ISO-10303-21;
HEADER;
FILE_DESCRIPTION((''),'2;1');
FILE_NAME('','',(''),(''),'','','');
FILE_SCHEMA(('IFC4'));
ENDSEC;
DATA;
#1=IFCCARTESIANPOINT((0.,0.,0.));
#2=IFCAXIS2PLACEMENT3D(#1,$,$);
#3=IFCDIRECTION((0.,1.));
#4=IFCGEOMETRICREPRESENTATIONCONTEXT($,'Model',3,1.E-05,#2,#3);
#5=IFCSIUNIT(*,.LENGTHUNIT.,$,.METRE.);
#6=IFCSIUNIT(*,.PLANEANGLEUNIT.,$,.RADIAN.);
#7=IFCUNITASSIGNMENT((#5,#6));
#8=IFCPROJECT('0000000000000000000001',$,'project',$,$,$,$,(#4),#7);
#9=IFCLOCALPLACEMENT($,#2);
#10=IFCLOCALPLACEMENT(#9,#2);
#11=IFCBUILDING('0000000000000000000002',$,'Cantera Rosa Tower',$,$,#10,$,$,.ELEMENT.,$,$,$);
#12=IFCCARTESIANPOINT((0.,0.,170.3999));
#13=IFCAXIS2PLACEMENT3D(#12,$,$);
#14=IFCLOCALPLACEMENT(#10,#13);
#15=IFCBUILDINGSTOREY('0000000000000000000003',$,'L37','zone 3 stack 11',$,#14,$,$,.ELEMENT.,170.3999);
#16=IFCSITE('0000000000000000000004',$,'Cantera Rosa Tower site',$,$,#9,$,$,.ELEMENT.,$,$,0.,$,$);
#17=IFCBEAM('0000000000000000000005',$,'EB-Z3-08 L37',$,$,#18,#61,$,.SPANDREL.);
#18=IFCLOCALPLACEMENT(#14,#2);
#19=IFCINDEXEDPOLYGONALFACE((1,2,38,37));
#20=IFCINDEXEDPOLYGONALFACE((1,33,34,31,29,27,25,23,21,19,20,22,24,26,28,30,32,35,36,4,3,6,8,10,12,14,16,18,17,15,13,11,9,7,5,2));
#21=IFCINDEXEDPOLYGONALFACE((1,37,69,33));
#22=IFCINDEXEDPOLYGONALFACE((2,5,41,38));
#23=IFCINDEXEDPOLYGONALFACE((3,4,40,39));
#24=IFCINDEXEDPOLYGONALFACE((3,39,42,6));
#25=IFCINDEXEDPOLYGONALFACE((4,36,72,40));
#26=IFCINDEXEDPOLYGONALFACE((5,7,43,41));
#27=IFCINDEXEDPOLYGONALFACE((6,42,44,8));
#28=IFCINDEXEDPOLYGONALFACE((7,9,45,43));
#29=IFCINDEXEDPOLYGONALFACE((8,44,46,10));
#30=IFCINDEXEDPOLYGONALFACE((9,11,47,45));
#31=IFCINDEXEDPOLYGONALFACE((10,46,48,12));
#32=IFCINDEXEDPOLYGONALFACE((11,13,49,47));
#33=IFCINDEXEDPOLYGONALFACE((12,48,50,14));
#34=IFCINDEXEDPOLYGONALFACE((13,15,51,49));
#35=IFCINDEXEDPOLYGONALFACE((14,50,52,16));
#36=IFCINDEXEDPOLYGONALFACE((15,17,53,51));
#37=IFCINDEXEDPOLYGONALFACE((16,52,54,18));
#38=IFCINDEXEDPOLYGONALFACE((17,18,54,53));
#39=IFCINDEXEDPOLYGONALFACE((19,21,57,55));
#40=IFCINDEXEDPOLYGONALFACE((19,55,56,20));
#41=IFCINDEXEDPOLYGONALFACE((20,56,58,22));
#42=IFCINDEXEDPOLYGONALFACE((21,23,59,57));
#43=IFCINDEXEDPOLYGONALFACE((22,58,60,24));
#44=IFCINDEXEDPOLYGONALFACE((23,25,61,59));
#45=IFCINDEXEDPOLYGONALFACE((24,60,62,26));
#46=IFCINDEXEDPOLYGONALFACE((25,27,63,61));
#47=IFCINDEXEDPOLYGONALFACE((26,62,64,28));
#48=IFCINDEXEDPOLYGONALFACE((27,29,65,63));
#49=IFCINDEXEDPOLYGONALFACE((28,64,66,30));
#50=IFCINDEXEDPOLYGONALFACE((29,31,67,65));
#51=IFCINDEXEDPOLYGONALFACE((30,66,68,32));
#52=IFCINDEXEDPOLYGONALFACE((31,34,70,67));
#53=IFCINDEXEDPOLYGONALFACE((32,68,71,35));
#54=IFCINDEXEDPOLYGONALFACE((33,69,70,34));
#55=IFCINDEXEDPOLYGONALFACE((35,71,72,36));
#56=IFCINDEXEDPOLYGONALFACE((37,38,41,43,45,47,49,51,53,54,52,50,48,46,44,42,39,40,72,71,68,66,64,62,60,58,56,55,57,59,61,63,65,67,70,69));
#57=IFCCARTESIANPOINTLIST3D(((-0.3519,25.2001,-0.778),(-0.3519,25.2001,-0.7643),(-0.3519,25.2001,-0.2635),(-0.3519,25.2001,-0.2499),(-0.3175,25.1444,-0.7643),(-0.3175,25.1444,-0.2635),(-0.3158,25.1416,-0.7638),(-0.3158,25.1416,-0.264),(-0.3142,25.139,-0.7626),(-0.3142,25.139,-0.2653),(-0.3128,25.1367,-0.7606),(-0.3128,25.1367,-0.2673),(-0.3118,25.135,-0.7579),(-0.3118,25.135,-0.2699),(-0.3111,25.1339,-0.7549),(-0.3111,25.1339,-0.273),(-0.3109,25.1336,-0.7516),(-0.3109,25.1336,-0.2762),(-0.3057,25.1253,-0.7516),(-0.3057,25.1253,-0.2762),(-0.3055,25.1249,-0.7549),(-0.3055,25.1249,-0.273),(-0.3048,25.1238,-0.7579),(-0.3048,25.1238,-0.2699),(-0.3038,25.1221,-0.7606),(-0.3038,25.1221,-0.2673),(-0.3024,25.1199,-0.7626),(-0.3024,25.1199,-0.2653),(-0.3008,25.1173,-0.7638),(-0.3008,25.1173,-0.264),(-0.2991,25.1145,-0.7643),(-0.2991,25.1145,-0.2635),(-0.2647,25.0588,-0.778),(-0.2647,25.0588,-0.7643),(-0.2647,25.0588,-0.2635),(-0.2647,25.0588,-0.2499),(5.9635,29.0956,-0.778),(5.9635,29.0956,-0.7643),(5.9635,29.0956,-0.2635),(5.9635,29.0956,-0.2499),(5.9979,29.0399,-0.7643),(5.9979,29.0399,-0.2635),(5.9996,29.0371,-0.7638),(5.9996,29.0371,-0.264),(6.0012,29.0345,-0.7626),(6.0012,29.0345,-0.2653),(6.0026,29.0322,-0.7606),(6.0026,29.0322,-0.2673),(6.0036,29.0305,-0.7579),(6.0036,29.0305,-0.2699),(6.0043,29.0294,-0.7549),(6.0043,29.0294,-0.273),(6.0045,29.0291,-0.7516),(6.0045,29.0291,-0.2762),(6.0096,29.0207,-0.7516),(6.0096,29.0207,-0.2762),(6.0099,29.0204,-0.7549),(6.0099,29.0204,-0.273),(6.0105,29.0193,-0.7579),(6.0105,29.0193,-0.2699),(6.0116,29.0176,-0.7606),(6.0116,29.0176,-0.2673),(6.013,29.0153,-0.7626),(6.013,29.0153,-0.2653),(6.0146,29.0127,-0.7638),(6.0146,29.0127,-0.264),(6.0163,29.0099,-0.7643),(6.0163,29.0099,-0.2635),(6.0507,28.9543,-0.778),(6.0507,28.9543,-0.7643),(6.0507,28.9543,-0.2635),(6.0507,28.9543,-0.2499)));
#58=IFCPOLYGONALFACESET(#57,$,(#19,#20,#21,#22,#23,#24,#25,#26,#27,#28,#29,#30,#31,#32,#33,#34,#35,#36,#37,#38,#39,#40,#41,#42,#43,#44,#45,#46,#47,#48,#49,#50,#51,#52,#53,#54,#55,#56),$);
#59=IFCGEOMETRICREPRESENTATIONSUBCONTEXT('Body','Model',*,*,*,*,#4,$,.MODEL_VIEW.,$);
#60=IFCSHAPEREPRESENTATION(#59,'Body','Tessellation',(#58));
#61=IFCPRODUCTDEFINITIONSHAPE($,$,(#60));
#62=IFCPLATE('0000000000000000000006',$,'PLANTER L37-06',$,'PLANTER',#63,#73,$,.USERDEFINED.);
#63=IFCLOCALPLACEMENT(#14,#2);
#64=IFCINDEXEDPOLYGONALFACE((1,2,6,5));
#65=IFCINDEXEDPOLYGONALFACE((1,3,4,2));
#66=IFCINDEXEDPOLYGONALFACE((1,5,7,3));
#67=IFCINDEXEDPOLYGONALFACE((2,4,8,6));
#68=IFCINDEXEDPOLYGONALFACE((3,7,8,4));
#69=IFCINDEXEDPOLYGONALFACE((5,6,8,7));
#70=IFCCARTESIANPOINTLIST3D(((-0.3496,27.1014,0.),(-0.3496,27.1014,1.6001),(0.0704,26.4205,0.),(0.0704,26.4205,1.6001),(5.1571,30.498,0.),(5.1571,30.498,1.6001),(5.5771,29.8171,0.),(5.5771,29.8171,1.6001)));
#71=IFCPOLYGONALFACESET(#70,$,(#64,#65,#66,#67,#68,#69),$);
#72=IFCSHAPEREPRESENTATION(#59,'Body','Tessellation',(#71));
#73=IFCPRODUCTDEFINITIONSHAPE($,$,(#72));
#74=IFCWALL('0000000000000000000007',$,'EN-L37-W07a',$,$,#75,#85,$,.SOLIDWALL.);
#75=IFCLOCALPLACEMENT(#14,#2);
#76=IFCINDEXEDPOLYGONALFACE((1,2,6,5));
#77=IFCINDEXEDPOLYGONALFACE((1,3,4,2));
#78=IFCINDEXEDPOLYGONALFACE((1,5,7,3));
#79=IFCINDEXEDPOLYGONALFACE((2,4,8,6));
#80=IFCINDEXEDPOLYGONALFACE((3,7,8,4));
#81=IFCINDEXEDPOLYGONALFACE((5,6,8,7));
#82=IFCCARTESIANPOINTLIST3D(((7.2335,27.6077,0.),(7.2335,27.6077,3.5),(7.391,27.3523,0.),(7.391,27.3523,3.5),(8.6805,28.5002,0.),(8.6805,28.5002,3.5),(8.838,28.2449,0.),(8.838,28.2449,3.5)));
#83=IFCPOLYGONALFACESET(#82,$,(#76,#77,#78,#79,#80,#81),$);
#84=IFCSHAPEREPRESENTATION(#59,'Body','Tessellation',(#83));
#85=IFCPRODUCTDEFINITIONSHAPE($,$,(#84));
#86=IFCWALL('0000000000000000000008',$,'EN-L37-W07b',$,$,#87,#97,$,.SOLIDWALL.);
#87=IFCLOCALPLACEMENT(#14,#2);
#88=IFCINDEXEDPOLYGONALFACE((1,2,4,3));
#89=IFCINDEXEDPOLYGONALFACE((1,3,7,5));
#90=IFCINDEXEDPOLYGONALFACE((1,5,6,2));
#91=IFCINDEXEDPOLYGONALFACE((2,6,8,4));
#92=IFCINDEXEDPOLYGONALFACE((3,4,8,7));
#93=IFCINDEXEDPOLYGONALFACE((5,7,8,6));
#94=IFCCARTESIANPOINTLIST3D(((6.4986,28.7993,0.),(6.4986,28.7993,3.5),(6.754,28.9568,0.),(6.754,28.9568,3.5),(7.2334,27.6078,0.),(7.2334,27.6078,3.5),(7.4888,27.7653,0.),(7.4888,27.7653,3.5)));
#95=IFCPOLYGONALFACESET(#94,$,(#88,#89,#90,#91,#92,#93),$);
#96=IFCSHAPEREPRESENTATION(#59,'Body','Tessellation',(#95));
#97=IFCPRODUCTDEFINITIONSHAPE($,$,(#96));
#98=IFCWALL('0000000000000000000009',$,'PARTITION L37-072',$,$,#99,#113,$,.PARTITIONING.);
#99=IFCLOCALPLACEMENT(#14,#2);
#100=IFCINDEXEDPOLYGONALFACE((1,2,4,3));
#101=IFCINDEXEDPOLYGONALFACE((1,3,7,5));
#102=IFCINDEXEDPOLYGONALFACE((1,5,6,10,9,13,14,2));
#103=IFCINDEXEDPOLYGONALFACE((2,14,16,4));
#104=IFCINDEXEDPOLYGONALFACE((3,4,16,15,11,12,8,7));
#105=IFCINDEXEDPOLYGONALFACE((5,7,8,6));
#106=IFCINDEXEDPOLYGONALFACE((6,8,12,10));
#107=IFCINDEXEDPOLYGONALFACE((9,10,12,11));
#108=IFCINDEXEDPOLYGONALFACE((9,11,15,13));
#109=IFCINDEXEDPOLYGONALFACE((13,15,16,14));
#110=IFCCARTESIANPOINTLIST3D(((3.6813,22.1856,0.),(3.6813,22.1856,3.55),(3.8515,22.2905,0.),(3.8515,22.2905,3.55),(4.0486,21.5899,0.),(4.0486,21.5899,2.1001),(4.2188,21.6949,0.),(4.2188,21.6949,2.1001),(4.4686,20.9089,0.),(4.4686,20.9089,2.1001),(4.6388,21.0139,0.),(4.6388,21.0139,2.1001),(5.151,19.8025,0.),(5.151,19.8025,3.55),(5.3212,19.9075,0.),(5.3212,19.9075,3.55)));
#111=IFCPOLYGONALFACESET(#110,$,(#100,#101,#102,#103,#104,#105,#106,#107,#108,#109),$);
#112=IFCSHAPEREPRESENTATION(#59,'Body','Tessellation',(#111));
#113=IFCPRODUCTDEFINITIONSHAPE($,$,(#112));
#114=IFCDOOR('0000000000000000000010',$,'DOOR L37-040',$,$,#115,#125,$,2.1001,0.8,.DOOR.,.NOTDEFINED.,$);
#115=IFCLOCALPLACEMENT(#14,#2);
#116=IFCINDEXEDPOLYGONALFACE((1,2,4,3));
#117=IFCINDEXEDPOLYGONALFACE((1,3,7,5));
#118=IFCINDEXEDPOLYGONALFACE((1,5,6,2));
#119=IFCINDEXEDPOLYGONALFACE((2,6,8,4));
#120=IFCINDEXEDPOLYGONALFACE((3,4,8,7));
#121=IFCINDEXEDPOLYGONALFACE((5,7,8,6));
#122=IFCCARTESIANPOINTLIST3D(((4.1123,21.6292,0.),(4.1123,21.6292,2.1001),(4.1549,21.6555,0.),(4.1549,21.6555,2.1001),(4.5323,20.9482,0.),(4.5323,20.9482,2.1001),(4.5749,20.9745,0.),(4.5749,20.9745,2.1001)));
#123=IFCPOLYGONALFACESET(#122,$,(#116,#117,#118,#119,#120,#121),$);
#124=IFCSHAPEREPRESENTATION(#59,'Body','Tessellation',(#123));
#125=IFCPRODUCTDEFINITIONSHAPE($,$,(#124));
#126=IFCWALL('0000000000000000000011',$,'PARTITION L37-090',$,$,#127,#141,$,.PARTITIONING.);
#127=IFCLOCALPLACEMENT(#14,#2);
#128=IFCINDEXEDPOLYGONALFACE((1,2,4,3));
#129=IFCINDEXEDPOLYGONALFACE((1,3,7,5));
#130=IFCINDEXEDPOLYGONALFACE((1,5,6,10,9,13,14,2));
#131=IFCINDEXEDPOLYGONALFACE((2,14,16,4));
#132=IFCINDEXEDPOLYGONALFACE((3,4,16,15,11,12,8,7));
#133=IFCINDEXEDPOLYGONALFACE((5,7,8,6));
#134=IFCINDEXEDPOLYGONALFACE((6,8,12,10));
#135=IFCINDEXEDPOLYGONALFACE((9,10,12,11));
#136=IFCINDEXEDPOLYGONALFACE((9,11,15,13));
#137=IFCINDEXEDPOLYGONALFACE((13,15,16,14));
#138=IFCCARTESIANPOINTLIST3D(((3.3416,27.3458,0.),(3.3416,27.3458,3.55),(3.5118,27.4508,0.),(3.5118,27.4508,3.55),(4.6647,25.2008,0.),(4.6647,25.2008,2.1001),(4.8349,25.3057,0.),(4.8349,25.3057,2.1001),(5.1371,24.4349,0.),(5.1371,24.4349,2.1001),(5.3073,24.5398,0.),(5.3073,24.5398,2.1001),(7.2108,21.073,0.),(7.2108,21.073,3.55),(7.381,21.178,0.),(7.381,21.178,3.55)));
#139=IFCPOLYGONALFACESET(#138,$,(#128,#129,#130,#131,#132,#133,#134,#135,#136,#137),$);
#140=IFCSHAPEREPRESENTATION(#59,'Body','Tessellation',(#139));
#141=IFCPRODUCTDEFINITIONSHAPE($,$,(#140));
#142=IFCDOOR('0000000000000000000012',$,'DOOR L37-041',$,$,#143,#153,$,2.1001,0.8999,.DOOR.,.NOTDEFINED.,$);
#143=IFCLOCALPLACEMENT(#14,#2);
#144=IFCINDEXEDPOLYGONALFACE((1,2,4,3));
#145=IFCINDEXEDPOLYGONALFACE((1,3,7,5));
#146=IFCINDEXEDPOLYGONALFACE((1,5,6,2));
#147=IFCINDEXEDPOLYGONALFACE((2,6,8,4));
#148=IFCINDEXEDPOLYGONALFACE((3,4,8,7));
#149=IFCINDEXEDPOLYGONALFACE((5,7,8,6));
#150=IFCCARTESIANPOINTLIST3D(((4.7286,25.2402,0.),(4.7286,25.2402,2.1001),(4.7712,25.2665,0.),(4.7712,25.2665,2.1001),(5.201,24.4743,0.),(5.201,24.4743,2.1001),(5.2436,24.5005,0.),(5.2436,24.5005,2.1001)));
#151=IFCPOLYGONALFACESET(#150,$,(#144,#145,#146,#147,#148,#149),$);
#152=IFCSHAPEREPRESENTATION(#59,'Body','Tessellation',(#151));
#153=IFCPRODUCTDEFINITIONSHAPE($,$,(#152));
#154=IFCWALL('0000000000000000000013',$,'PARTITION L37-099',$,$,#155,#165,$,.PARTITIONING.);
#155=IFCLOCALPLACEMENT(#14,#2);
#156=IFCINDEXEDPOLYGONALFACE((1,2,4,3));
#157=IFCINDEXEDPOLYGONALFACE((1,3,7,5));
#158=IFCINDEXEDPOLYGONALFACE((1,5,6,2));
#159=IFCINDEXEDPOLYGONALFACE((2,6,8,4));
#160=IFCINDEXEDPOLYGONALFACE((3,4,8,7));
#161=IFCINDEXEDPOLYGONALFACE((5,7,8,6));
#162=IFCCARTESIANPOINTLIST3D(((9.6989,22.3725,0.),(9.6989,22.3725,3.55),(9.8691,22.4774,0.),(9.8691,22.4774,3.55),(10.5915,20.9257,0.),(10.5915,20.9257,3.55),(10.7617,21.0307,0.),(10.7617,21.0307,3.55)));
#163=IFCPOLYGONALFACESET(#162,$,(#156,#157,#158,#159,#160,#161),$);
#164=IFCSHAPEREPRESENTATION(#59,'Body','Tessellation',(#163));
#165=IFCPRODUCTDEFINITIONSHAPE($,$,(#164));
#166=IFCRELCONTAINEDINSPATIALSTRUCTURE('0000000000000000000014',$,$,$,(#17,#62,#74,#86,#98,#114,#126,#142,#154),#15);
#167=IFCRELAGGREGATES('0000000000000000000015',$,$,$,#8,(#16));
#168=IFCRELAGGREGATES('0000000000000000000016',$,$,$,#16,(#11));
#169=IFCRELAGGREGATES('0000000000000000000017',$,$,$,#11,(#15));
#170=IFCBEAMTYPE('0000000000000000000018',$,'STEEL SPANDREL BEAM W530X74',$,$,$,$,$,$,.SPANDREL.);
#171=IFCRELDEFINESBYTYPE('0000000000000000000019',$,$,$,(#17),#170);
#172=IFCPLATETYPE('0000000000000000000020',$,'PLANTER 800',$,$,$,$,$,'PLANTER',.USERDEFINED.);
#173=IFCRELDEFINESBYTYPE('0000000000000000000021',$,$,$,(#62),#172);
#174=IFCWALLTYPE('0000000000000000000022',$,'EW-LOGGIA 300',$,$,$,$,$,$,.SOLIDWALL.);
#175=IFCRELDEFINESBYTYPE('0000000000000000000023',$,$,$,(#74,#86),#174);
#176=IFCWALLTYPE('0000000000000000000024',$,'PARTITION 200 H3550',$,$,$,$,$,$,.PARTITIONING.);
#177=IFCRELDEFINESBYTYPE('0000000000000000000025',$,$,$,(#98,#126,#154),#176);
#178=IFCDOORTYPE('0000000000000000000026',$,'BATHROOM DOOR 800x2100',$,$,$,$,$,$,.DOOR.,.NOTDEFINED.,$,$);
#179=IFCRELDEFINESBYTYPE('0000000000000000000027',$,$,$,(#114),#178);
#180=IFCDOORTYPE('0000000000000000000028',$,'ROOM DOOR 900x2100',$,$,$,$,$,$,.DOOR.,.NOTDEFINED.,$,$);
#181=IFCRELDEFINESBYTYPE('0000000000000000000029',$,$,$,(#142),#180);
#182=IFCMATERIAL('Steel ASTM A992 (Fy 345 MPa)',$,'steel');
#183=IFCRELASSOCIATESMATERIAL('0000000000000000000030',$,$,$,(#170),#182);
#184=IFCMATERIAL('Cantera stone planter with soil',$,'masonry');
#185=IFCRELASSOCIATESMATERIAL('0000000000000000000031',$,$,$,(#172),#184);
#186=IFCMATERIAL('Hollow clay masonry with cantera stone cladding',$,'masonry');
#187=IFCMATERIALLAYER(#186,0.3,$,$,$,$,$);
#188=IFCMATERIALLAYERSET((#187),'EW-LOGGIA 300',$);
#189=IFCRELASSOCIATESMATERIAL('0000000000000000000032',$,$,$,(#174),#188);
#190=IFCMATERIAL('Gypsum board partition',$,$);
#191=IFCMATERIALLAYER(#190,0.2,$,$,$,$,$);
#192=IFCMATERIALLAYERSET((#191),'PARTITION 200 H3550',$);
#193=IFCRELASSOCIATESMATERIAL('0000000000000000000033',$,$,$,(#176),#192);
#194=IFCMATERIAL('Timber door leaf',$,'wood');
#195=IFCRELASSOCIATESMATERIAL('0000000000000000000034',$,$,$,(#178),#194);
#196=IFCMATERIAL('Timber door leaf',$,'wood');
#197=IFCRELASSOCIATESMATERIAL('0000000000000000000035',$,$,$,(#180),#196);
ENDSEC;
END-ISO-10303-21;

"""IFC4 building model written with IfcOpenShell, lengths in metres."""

from ifc_helpers import new_model, si_unit, direction, frame, frame_2d, origin, origin_2d, place, context, subcontext, project, spatial, rectangle, i_section, extrude, material, layer, layer_set, material_profile, profile_set, type_object, element, fill, save


model = new_model("IFC4")

# Units and contexts
model_context = context("Model", 3, precision=1e-05, world=origin(), true_north=direction((0.0, 1.0)))
body_context = subcontext(model_context, "Body", "Model", "MODEL_VIEW")
ifc_project = project(units=[si_unit("LENGTHUNIT", "METRE"), si_unit("PLANEANGLEUNIT", "RADIAN")], contexts=[model_context])

# Site, building, storey
site_placement = place(None, origin())
site = spatial("IfcSite", under=ifc_project, at=site_placement, Name="Cantera Rosa Tower site", CompositionType="ELEMENT", RefElevation=0.0)
building_placement = place(site_placement, origin())
building = spatial("IfcBuilding", under=site, at=building_placement, Name="Cantera Rosa Tower", CompositionType="ELEMENT")
storey_placement = place(building_placement, frame((0.0, 0.0, 170.3999)))
storey = spatial("IfcBuildingStorey", under=building, at=storey_placement, Name="L37", Description="zone 3 stack 11", CompositionType="ELEMENT", Elevation=170.3999)

# Beam
ifc_material_1 = material(Name="Steel ASTM A992 (Fy 345 MPa)", Category="steel")
ifc_material_profile_1 = material_profile(ifc_material_1, i_section(OverallWidth=0.166, OverallDepth=0.5281, WebThickness=0.0098, FlangeThickness=0.0137, FilletRadius=0.0127, at=origin_2d()), Name="W530X74")
ifc_profile_set_1 = profile_set([ifc_material_profile_1], Name="Steel ASTM A992 (Fy 345 MPa)")
beam_type_1 = type_object("IfcBeamType", Name="STEEL SPANDREL BEAM W530X74", PredefinedType="SPANDREL", material=ifc_profile_set_1)
beam_1_placement = place(storey_placement, frame((6.0071, 29.0249, -0.5139), z_axis=(-0.851111, -0.524986, 0.0), x_axis=(0.524986, -0.851111, 0.0)))
element("IfcBeam", 1, at=beam_1_placement, inside=storey, type_object=beam_type_1, Name="EB-Z3-08 L37", PredefinedType="SPANDREL", context=body_context, shape_type="SweptSolid", body=[
    extrude(i_section(OverallWidth=0.166, OverallDepth=0.5281, WebThickness=0.0098, FlangeThickness=0.0137, FilletRadius=0.0127, at=origin_2d()), origin(), (0.0, 0.0, 1.0), 7.4202),
])

# Plate
ifc_material_2 = material(Name="Cantera stone planter with soil", Category="masonry")
plate_type = type_object("IfcPlateType", Name="PLANTER 800", ElementType="PLANTER", PredefinedType="USERDEFINED", material=ifc_material_2)
plate_placement = place(storey_placement, frame((2.6138, 28.4592, 0.0), z_axis=(0.0, 0.0, 1.0), x_axis=(-0.851117, -0.524977, 0.0)))
element("IfcPlate", 2, at=plate_placement, inside=storey, type_object=plate_type, Name="PLANTER L37-06", ObjectType="PLANTER", PredefinedType="USERDEFINED", context=body_context, shape_type="SweptSolid", body=[
    extrude(rectangle(XDim=6.47, YDim=0.8, at=origin_2d()), origin(), (0.0, 0.0, 1.0), 1.6001),
])

# Walls
ifc_material_3 = material(Name="Hollow clay masonry with cantera stone cladding", Category="masonry")
ifc_layer_1 = layer(ifc_material_3, 0.3)
ifc_layer_set_1 = layer_set([ifc_layer_1], Name="EW-LOGGIA 300")
wall_type_1 = type_object("IfcWallType", Name="EW-LOGGIA 300", PredefinedType="SOLIDWALL", material=ifc_layer_set_1)
wall_1_placement = place(storey_placement, frame((8.7593, 28.3726, 0.0), z_axis=(0.0, 0.0, 1.0), x_axis=(-0.851106, -0.524994, 0.0)))
element("IfcWall", 3, at=wall_1_placement, inside=storey, type_object=wall_type_1, Name="EN-L37-W07a", PredefinedType="SOLIDWALL", context=body_context, shape_type="SweptSolid", body=[
    extrude(rectangle(XDim=1.7002, YDim=0.3, at=frame_2d((0.8501, 0.0))), origin(), (0.0, 0.0, 1.0), 3.5),
])
wall_2_placement = place(storey_placement, frame((7.3611, 27.6865, 0.0), z_axis=(0.0, 0.0, 1.0), x_axis=(-0.524895, 0.851167, 0.0)))
element("IfcWall", 4, at=wall_2_placement, inside=storey, type_object=wall_type_1, Name="EN-L37-W07b", PredefinedType="SOLIDWALL", context=body_context, shape_type="SweptSolid", body=[
    extrude(rectangle(XDim=1.3999, YDim=0.3, at=frame_2d((0.7, 0.0))), origin(), (0.0, 0.0, 1.0), 3.5),
])

# Walls, openings, doors
ifc_material_4 = material(Name="Gypsum board partition")
ifc_layer_2 = layer(ifc_material_4, 0.2)
ifc_layer_set_2 = layer_set([ifc_layer_2], Name="PARTITION 200 H3550")
wall_type_2 = type_object("IfcWallType", Name="PARTITION 200 H3550", PredefinedType="PARTITIONING", material=ifc_layer_set_2)
wall_3_placement = place(storey_placement, frame((3.7664, 22.238, 0.0), z_axis=(0.0, 0.0, 1.0), x_axis=(0.524934, -0.851143, 0.0)))
wall_3 = element("IfcWall", 5, at=wall_3_placement, inside=storey, type_object=wall_type_2, Name="PARTITION L37-072", PredefinedType="PARTITIONING", context=body_context, shape_type="SweptSolid", body=[
    extrude(rectangle(XDim=2.7998, YDim=0.2, at=frame_2d((1.3999, 0.0))), origin(), (0.0, 0.0, 1.0), 3.55),
])
opening_1_placement = place(wall_3_placement, frame((0.7, 0.0, 0.0)))
opening_1 = element("IfcOpeningElement", 6, at=opening_1_placement, cuts=wall_3, PredefinedType="OPENING", context=body_context, shape_type="SweptSolid", body=[
    extrude(rectangle(XDim=0.8, YDim=2.1001, at=frame_2d((0.3999, 1.05))), frame((0.0, 0.1099, 0.0), z_axis=(0.0, -1.0, 0.0), x_axis=(1.0, 0.0, 0.0)), (0.0, 0.0, 1.0), 0.22),
])
ifc_material_5 = material(Name="Timber door leaf", Category="wood")
door_type_1 = type_object("IfcDoorType", Name="BATHROOM DOOR 800x2100", OperationType="NOTDEFINED", PredefinedType="DOOR", material=ifc_material_5)
door_1_placement = place(opening_1_placement, origin())
door_1 = element("IfcDoor", 7, at=door_1_placement, inside=storey, type_object=door_type_1, Name="DOOR L37-040", OperationType="NOTDEFINED", OverallHeight=2.1001, OverallWidth=0.8, PredefinedType="DOOR", context=body_context, shape_type="SweptSolid", body=[
    extrude(rectangle(XDim=0.8, YDim=2.1001, at=frame_2d((0.3999, 1.05))), frame((0.0, 0.0249, 0.0), z_axis=(0.0, -1.0, 0.0), x_axis=(1.0, 0.0, 0.0)), (0.0, 0.0, 1.0), 0.05),
])
fill(opening_1, door_1)
wall_4_placement = place(storey_placement, frame((7.2959, 21.1255, 0.0), z_axis=(0.0, 0.0, 1.0), x_axis=(-0.524984, 0.851112, 0.0)))
wall_4 = element("IfcWall", 8, at=wall_4_placement, inside=storey, type_object=wall_type_2, Name="PARTITION L37-090", PredefinedType="PARTITIONING", context=body_context, shape_type="SweptSolid", body=[
    extrude(rectangle(XDim=7.3701, YDim=0.2, at=frame_2d((3.6851, 0.0))), origin(), (0.0, 0.0, 1.0), 3.55),
])
opening_2_placement = place(wall_4_placement, frame((3.95, 0.0, 0.0)))
opening_2 = element("IfcOpeningElement", 9, at=opening_2_placement, cuts=wall_4, PredefinedType="OPENING", context=body_context, shape_type="SweptSolid", body=[
    extrude(rectangle(XDim=0.8999, YDim=2.1001, at=frame_2d((0.45, 1.05))), frame((0.0, 0.1099, 0.0), z_axis=(0.0, -1.0, 0.0), x_axis=(1.0, 0.0, 0.0)), (0.0, 0.0, 1.0), 0.22),
])
ifc_material_6 = material(Name="Timber door leaf", Category="wood")
door_type_2 = type_object("IfcDoorType", Name="ROOM DOOR 900x2100", OperationType="NOTDEFINED", PredefinedType="DOOR", material=ifc_material_6)
door_2_placement = place(opening_2_placement, origin())
door_2 = element("IfcDoor", 10, at=door_2_placement, inside=storey, type_object=door_type_2, Name="DOOR L37-041", OperationType="NOTDEFINED", OverallHeight=2.1001, OverallWidth=0.8999, PredefinedType="DOOR", context=body_context, shape_type="SweptSolid", body=[
    extrude(rectangle(XDim=0.8999, YDim=2.1001, at=frame_2d((0.45, 1.05))), frame((0.0, 0.0249, 0.0), z_axis=(0.0, -1.0, 0.0), x_axis=(1.0, 0.0, 0.0)), (0.0, 0.0, 1.0), 0.05),
])
fill(opening_2, door_2)

# Wall
wall_5_placement = place(storey_placement, frame((9.7839, 22.425, 0.0), z_axis=(0.0, 0.0, 1.0), x_axis=(0.525059, -0.851066, 0.0)))
element("IfcWall", 11, at=wall_5_placement, inside=storey, type_object=wall_type_2, Name="PARTITION L37-099", PredefinedType="PARTITIONING", context=body_context, shape_type="SweptSolid", body=[
    extrude(rectangle(XDim=1.7, YDim=0.2, at=frame_2d((0.8501, 0.0))), origin(), (0.0, 0.0, 1.0), 3.55),
])

save(model, "model.ifc")
